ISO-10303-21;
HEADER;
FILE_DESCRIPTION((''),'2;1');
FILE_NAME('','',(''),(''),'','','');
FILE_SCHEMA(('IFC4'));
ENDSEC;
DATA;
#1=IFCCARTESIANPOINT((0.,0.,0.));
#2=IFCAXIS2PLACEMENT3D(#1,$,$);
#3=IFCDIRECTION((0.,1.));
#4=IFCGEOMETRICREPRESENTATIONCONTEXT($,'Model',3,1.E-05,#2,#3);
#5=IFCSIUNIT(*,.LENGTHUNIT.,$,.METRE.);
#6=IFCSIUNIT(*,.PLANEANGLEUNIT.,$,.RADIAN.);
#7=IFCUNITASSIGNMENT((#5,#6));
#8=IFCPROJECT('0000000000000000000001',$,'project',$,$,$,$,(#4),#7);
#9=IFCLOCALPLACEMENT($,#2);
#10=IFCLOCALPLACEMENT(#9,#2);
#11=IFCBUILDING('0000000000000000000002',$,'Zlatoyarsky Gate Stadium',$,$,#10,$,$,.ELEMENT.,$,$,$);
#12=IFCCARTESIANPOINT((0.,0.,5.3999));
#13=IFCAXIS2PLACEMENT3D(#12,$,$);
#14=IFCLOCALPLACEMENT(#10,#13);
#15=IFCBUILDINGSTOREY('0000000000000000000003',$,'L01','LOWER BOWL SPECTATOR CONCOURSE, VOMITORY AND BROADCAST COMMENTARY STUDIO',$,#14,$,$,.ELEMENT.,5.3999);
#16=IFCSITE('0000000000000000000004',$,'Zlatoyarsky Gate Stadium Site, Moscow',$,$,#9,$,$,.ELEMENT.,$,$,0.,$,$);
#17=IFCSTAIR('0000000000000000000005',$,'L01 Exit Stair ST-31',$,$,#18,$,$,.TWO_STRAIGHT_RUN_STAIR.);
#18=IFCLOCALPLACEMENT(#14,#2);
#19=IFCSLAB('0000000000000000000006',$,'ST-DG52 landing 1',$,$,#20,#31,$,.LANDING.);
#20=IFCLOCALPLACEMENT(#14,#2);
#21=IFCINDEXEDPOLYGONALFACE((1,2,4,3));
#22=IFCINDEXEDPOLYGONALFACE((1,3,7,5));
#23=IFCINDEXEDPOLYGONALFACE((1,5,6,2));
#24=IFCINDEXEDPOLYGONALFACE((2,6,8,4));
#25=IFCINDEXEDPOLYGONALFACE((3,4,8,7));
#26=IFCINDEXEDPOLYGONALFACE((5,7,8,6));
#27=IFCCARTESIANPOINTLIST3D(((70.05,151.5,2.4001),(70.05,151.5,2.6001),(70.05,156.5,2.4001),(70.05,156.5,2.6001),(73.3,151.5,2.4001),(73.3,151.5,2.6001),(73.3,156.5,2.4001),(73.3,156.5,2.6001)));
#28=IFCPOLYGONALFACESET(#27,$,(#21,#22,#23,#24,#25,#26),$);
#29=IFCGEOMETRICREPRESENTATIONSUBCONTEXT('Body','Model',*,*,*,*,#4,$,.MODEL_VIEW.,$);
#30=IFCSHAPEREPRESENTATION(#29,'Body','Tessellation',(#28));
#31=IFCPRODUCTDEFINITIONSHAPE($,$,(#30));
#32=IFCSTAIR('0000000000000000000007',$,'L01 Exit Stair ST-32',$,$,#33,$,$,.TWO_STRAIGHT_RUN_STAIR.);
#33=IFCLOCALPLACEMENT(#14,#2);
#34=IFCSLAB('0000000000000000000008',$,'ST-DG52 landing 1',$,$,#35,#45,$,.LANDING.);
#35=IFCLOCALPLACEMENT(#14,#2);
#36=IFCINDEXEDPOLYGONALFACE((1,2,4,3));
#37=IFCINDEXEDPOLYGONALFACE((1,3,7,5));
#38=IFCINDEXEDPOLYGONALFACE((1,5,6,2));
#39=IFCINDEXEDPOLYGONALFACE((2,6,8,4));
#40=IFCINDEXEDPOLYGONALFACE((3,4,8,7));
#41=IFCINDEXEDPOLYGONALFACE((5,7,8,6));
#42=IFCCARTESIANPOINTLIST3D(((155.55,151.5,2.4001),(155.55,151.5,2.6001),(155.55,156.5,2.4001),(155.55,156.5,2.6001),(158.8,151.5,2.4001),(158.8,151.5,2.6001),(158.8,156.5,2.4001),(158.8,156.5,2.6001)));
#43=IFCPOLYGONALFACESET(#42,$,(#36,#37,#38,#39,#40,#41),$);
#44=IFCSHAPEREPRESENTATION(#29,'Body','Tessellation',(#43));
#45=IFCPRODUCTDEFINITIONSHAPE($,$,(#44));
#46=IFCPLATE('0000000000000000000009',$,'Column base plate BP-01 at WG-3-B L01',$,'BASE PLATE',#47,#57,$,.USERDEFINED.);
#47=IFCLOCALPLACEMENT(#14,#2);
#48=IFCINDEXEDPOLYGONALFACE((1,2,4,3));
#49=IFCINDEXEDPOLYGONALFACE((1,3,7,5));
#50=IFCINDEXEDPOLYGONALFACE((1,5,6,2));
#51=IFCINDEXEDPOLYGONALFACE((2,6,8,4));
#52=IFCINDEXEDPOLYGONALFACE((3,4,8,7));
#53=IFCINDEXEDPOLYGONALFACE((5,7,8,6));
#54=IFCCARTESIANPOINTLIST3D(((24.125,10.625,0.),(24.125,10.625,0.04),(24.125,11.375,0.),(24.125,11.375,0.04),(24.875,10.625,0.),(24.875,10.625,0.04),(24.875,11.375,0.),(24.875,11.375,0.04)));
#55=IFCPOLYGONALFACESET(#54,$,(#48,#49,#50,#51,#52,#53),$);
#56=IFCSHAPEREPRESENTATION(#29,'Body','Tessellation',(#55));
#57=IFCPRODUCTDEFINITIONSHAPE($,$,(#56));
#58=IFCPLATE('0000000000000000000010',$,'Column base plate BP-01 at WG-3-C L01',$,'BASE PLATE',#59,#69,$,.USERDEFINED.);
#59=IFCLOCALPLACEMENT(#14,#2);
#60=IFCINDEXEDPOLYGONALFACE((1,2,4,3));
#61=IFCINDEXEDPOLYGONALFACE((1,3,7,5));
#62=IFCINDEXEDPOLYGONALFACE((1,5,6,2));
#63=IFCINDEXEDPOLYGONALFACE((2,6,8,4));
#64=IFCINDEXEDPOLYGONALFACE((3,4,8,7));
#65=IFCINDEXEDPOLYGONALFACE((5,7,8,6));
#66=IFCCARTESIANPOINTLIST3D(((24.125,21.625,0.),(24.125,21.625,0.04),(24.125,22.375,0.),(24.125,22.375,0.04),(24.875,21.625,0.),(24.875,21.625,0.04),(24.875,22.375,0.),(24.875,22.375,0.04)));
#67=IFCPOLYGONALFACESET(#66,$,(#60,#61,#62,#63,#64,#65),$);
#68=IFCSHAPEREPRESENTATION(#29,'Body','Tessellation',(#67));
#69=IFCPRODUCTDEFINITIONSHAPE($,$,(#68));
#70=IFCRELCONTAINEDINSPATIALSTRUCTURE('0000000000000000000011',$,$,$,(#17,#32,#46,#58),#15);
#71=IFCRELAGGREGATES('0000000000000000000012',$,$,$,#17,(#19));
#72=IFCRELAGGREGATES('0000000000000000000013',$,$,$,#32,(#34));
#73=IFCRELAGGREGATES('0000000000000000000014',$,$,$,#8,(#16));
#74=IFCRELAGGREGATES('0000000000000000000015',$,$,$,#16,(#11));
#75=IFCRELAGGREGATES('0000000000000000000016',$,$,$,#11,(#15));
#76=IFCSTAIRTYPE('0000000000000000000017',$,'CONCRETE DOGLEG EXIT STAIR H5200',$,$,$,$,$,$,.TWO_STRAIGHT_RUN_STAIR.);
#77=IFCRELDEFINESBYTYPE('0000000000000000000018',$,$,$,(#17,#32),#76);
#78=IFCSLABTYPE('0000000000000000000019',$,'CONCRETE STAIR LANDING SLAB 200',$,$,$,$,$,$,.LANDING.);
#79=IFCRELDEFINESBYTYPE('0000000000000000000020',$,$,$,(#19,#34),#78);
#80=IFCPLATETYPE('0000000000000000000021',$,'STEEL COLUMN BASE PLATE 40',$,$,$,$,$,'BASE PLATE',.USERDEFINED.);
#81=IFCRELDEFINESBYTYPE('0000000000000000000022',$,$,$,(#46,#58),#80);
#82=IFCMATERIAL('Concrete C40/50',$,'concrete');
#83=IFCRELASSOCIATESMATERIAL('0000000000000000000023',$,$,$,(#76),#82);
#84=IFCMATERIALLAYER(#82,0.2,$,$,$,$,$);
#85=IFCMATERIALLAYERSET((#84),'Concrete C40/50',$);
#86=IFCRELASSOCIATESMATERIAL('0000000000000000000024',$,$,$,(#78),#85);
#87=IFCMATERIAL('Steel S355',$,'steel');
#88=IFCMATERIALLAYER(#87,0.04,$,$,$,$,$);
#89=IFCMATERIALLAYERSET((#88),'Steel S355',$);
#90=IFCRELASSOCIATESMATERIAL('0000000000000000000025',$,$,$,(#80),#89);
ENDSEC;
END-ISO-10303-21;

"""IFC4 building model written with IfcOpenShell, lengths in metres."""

from ifc_helpers import new_model, si_unit, direction, frame, origin, origin_2d, place, context, subcontext, project, spatial, polyline, rectangle, outline, extrude, material, layer, layer_set, type_object, element, aggregate, save


model = new_model("IFC4")

# Units and contexts
model_context = context("Model", 3, precision=1e-05, world=origin(), true_north=direction((0.0, 1.0)))
body_context = subcontext(model_context, "Body", "Model", "MODEL_VIEW")
ifc_project = project(units=[si_unit("LENGTHUNIT", "METRE"), si_unit("PLANEANGLEUNIT", "RADIAN")], contexts=[model_context])

# Site, building, storey
site_placement = place(None, origin())
site = spatial("IfcSite", under=ifc_project, at=site_placement, Name="Zlatoyarsky Gate Stadium Site, Moscow", CompositionType="ELEMENT", RefElevation=0.0)
building_placement = place(site_placement, origin())
building = spatial("IfcBuilding", under=site, at=building_placement, Name="Zlatoyarsky Gate Stadium", CompositionType="ELEMENT")
storey_placement = place(building_placement, frame((0.0, 0.0, 5.3999)))
storey = spatial("IfcBuildingStorey", under=building, at=storey_placement, Name="L01", Description="LOWER BOWL SPECTATOR CONCOURSE, VOMITORY AND BROADCAST COMMENTARY STUDIO", CompositionType="ELEMENT", Elevation=5.3999)

# Shared definitions
ifc_material_1 = material(Name="Steel S355", Category="steel")

# Shared definitions
ifc_material_2 = material(Name="Concrete C40/50", Category="concrete")

# Stairs, slabs
stair_type = type_object("IfcStairType", Name="CONCRETE DOGLEG EXIT STAIR H5200", PredefinedType="TWO_STRAIGHT_RUN_STAIR", material=ifc_material_2)
ifc_layer_1 = layer(ifc_material_2, 0.2)
ifc_layer_set_1 = layer_set([ifc_layer_1], Name="Concrete C40/50")
slab_type_1 = type_object("IfcSlabType", Name="CONCRETE STAIR LANDING SLAB 200", PredefinedType="LANDING", material=ifc_layer_set_1)
stair_1_placement = place(storey_placement, origin())
stair_1 = element("IfcStair", 1, at=stair_1_placement, inside=storey, type_object=stair_type, Name="L01 Exit Stair ST-31", PredefinedType="TWO_STRAIGHT_RUN_STAIR")
slab_1_placement = place(storey_placement, frame((0.0, 0.0, 2.4001)))
slab_1 = element("IfcSlab", 2, at=slab_1_placement, type_object=slab_type_1, Name="ST-DG52 landing 1", PredefinedType="LANDING", context=body_context, shape_type="SweptSolid", body=[
    extrude(outline(polyline([(70.05, 151.5), (73.3, 151.5), (73.3, 156.5), (70.05, 156.5), (70.05, 151.5)])), origin(), (0.0, 0.0, 1.0), 0.2),
])
aggregate(stair_1, [slab_1])
stair_2_placement = place(storey_placement, origin())
stair_2 = element("IfcStair", 3, at=stair_2_placement, inside=storey, type_object=stair_type, Name="L01 Exit Stair ST-32", PredefinedType="TWO_STRAIGHT_RUN_STAIR")
slab_2_placement = place(storey_placement, frame((0.0, 0.0, 2.4001)))
slab_2 = element("IfcSlab", 4, at=slab_2_placement, type_object=slab_type_1, Name="ST-DG52 landing 1", PredefinedType="LANDING", context=body_context, shape_type="SweptSolid", body=[
    extrude(outline(polyline([(155.55, 151.5), (158.8, 151.5), (158.8, 156.5), (155.55, 156.5), (155.55, 151.5)])), origin(), (0.0, 0.0, 1.0), 0.2),
])
aggregate(stair_2, [slab_2])

# Plates
ifc_layer_2 = layer(ifc_material_1, 0.04)
ifc_layer_set_2 = layer_set([ifc_layer_2], Name="Steel S355")
plate_type = type_object("IfcPlateType", Name="STEEL COLUMN BASE PLATE 40", ElementType="BASE PLATE", PredefinedType="USERDEFINED", material=ifc_layer_set_2)
for number, where, z_axis, x_axis, name in (
    (5, (24.5, 11.0, 0.0), (0.0, 0.0, 1.0), (1.0, 0.0, 0.0), "Column base plate BP-01 at WG-3-B L01"),
    (6, (24.5, 22.0, 0.0), (0.0, 0.0, 1.0), (1.0, 0.0, 0.0), "Column base plate BP-01 at WG-3-C L01"),
):
    element("IfcPlate", number, at=place(storey_placement, frame(where, z_axis=z_axis, x_axis=x_axis)), inside=storey, type_object=plate_type, Name=name, ObjectType="BASE PLATE", PredefinedType="USERDEFINED", context=body_context, shape_type="SweptSolid", body=[
        extrude(rectangle(XDim=0.75, YDim=0.75, at=origin_2d()), origin(), (0.0, 0.0, 1.0), 0.04),
    ])

save(model, "model.ifc")
